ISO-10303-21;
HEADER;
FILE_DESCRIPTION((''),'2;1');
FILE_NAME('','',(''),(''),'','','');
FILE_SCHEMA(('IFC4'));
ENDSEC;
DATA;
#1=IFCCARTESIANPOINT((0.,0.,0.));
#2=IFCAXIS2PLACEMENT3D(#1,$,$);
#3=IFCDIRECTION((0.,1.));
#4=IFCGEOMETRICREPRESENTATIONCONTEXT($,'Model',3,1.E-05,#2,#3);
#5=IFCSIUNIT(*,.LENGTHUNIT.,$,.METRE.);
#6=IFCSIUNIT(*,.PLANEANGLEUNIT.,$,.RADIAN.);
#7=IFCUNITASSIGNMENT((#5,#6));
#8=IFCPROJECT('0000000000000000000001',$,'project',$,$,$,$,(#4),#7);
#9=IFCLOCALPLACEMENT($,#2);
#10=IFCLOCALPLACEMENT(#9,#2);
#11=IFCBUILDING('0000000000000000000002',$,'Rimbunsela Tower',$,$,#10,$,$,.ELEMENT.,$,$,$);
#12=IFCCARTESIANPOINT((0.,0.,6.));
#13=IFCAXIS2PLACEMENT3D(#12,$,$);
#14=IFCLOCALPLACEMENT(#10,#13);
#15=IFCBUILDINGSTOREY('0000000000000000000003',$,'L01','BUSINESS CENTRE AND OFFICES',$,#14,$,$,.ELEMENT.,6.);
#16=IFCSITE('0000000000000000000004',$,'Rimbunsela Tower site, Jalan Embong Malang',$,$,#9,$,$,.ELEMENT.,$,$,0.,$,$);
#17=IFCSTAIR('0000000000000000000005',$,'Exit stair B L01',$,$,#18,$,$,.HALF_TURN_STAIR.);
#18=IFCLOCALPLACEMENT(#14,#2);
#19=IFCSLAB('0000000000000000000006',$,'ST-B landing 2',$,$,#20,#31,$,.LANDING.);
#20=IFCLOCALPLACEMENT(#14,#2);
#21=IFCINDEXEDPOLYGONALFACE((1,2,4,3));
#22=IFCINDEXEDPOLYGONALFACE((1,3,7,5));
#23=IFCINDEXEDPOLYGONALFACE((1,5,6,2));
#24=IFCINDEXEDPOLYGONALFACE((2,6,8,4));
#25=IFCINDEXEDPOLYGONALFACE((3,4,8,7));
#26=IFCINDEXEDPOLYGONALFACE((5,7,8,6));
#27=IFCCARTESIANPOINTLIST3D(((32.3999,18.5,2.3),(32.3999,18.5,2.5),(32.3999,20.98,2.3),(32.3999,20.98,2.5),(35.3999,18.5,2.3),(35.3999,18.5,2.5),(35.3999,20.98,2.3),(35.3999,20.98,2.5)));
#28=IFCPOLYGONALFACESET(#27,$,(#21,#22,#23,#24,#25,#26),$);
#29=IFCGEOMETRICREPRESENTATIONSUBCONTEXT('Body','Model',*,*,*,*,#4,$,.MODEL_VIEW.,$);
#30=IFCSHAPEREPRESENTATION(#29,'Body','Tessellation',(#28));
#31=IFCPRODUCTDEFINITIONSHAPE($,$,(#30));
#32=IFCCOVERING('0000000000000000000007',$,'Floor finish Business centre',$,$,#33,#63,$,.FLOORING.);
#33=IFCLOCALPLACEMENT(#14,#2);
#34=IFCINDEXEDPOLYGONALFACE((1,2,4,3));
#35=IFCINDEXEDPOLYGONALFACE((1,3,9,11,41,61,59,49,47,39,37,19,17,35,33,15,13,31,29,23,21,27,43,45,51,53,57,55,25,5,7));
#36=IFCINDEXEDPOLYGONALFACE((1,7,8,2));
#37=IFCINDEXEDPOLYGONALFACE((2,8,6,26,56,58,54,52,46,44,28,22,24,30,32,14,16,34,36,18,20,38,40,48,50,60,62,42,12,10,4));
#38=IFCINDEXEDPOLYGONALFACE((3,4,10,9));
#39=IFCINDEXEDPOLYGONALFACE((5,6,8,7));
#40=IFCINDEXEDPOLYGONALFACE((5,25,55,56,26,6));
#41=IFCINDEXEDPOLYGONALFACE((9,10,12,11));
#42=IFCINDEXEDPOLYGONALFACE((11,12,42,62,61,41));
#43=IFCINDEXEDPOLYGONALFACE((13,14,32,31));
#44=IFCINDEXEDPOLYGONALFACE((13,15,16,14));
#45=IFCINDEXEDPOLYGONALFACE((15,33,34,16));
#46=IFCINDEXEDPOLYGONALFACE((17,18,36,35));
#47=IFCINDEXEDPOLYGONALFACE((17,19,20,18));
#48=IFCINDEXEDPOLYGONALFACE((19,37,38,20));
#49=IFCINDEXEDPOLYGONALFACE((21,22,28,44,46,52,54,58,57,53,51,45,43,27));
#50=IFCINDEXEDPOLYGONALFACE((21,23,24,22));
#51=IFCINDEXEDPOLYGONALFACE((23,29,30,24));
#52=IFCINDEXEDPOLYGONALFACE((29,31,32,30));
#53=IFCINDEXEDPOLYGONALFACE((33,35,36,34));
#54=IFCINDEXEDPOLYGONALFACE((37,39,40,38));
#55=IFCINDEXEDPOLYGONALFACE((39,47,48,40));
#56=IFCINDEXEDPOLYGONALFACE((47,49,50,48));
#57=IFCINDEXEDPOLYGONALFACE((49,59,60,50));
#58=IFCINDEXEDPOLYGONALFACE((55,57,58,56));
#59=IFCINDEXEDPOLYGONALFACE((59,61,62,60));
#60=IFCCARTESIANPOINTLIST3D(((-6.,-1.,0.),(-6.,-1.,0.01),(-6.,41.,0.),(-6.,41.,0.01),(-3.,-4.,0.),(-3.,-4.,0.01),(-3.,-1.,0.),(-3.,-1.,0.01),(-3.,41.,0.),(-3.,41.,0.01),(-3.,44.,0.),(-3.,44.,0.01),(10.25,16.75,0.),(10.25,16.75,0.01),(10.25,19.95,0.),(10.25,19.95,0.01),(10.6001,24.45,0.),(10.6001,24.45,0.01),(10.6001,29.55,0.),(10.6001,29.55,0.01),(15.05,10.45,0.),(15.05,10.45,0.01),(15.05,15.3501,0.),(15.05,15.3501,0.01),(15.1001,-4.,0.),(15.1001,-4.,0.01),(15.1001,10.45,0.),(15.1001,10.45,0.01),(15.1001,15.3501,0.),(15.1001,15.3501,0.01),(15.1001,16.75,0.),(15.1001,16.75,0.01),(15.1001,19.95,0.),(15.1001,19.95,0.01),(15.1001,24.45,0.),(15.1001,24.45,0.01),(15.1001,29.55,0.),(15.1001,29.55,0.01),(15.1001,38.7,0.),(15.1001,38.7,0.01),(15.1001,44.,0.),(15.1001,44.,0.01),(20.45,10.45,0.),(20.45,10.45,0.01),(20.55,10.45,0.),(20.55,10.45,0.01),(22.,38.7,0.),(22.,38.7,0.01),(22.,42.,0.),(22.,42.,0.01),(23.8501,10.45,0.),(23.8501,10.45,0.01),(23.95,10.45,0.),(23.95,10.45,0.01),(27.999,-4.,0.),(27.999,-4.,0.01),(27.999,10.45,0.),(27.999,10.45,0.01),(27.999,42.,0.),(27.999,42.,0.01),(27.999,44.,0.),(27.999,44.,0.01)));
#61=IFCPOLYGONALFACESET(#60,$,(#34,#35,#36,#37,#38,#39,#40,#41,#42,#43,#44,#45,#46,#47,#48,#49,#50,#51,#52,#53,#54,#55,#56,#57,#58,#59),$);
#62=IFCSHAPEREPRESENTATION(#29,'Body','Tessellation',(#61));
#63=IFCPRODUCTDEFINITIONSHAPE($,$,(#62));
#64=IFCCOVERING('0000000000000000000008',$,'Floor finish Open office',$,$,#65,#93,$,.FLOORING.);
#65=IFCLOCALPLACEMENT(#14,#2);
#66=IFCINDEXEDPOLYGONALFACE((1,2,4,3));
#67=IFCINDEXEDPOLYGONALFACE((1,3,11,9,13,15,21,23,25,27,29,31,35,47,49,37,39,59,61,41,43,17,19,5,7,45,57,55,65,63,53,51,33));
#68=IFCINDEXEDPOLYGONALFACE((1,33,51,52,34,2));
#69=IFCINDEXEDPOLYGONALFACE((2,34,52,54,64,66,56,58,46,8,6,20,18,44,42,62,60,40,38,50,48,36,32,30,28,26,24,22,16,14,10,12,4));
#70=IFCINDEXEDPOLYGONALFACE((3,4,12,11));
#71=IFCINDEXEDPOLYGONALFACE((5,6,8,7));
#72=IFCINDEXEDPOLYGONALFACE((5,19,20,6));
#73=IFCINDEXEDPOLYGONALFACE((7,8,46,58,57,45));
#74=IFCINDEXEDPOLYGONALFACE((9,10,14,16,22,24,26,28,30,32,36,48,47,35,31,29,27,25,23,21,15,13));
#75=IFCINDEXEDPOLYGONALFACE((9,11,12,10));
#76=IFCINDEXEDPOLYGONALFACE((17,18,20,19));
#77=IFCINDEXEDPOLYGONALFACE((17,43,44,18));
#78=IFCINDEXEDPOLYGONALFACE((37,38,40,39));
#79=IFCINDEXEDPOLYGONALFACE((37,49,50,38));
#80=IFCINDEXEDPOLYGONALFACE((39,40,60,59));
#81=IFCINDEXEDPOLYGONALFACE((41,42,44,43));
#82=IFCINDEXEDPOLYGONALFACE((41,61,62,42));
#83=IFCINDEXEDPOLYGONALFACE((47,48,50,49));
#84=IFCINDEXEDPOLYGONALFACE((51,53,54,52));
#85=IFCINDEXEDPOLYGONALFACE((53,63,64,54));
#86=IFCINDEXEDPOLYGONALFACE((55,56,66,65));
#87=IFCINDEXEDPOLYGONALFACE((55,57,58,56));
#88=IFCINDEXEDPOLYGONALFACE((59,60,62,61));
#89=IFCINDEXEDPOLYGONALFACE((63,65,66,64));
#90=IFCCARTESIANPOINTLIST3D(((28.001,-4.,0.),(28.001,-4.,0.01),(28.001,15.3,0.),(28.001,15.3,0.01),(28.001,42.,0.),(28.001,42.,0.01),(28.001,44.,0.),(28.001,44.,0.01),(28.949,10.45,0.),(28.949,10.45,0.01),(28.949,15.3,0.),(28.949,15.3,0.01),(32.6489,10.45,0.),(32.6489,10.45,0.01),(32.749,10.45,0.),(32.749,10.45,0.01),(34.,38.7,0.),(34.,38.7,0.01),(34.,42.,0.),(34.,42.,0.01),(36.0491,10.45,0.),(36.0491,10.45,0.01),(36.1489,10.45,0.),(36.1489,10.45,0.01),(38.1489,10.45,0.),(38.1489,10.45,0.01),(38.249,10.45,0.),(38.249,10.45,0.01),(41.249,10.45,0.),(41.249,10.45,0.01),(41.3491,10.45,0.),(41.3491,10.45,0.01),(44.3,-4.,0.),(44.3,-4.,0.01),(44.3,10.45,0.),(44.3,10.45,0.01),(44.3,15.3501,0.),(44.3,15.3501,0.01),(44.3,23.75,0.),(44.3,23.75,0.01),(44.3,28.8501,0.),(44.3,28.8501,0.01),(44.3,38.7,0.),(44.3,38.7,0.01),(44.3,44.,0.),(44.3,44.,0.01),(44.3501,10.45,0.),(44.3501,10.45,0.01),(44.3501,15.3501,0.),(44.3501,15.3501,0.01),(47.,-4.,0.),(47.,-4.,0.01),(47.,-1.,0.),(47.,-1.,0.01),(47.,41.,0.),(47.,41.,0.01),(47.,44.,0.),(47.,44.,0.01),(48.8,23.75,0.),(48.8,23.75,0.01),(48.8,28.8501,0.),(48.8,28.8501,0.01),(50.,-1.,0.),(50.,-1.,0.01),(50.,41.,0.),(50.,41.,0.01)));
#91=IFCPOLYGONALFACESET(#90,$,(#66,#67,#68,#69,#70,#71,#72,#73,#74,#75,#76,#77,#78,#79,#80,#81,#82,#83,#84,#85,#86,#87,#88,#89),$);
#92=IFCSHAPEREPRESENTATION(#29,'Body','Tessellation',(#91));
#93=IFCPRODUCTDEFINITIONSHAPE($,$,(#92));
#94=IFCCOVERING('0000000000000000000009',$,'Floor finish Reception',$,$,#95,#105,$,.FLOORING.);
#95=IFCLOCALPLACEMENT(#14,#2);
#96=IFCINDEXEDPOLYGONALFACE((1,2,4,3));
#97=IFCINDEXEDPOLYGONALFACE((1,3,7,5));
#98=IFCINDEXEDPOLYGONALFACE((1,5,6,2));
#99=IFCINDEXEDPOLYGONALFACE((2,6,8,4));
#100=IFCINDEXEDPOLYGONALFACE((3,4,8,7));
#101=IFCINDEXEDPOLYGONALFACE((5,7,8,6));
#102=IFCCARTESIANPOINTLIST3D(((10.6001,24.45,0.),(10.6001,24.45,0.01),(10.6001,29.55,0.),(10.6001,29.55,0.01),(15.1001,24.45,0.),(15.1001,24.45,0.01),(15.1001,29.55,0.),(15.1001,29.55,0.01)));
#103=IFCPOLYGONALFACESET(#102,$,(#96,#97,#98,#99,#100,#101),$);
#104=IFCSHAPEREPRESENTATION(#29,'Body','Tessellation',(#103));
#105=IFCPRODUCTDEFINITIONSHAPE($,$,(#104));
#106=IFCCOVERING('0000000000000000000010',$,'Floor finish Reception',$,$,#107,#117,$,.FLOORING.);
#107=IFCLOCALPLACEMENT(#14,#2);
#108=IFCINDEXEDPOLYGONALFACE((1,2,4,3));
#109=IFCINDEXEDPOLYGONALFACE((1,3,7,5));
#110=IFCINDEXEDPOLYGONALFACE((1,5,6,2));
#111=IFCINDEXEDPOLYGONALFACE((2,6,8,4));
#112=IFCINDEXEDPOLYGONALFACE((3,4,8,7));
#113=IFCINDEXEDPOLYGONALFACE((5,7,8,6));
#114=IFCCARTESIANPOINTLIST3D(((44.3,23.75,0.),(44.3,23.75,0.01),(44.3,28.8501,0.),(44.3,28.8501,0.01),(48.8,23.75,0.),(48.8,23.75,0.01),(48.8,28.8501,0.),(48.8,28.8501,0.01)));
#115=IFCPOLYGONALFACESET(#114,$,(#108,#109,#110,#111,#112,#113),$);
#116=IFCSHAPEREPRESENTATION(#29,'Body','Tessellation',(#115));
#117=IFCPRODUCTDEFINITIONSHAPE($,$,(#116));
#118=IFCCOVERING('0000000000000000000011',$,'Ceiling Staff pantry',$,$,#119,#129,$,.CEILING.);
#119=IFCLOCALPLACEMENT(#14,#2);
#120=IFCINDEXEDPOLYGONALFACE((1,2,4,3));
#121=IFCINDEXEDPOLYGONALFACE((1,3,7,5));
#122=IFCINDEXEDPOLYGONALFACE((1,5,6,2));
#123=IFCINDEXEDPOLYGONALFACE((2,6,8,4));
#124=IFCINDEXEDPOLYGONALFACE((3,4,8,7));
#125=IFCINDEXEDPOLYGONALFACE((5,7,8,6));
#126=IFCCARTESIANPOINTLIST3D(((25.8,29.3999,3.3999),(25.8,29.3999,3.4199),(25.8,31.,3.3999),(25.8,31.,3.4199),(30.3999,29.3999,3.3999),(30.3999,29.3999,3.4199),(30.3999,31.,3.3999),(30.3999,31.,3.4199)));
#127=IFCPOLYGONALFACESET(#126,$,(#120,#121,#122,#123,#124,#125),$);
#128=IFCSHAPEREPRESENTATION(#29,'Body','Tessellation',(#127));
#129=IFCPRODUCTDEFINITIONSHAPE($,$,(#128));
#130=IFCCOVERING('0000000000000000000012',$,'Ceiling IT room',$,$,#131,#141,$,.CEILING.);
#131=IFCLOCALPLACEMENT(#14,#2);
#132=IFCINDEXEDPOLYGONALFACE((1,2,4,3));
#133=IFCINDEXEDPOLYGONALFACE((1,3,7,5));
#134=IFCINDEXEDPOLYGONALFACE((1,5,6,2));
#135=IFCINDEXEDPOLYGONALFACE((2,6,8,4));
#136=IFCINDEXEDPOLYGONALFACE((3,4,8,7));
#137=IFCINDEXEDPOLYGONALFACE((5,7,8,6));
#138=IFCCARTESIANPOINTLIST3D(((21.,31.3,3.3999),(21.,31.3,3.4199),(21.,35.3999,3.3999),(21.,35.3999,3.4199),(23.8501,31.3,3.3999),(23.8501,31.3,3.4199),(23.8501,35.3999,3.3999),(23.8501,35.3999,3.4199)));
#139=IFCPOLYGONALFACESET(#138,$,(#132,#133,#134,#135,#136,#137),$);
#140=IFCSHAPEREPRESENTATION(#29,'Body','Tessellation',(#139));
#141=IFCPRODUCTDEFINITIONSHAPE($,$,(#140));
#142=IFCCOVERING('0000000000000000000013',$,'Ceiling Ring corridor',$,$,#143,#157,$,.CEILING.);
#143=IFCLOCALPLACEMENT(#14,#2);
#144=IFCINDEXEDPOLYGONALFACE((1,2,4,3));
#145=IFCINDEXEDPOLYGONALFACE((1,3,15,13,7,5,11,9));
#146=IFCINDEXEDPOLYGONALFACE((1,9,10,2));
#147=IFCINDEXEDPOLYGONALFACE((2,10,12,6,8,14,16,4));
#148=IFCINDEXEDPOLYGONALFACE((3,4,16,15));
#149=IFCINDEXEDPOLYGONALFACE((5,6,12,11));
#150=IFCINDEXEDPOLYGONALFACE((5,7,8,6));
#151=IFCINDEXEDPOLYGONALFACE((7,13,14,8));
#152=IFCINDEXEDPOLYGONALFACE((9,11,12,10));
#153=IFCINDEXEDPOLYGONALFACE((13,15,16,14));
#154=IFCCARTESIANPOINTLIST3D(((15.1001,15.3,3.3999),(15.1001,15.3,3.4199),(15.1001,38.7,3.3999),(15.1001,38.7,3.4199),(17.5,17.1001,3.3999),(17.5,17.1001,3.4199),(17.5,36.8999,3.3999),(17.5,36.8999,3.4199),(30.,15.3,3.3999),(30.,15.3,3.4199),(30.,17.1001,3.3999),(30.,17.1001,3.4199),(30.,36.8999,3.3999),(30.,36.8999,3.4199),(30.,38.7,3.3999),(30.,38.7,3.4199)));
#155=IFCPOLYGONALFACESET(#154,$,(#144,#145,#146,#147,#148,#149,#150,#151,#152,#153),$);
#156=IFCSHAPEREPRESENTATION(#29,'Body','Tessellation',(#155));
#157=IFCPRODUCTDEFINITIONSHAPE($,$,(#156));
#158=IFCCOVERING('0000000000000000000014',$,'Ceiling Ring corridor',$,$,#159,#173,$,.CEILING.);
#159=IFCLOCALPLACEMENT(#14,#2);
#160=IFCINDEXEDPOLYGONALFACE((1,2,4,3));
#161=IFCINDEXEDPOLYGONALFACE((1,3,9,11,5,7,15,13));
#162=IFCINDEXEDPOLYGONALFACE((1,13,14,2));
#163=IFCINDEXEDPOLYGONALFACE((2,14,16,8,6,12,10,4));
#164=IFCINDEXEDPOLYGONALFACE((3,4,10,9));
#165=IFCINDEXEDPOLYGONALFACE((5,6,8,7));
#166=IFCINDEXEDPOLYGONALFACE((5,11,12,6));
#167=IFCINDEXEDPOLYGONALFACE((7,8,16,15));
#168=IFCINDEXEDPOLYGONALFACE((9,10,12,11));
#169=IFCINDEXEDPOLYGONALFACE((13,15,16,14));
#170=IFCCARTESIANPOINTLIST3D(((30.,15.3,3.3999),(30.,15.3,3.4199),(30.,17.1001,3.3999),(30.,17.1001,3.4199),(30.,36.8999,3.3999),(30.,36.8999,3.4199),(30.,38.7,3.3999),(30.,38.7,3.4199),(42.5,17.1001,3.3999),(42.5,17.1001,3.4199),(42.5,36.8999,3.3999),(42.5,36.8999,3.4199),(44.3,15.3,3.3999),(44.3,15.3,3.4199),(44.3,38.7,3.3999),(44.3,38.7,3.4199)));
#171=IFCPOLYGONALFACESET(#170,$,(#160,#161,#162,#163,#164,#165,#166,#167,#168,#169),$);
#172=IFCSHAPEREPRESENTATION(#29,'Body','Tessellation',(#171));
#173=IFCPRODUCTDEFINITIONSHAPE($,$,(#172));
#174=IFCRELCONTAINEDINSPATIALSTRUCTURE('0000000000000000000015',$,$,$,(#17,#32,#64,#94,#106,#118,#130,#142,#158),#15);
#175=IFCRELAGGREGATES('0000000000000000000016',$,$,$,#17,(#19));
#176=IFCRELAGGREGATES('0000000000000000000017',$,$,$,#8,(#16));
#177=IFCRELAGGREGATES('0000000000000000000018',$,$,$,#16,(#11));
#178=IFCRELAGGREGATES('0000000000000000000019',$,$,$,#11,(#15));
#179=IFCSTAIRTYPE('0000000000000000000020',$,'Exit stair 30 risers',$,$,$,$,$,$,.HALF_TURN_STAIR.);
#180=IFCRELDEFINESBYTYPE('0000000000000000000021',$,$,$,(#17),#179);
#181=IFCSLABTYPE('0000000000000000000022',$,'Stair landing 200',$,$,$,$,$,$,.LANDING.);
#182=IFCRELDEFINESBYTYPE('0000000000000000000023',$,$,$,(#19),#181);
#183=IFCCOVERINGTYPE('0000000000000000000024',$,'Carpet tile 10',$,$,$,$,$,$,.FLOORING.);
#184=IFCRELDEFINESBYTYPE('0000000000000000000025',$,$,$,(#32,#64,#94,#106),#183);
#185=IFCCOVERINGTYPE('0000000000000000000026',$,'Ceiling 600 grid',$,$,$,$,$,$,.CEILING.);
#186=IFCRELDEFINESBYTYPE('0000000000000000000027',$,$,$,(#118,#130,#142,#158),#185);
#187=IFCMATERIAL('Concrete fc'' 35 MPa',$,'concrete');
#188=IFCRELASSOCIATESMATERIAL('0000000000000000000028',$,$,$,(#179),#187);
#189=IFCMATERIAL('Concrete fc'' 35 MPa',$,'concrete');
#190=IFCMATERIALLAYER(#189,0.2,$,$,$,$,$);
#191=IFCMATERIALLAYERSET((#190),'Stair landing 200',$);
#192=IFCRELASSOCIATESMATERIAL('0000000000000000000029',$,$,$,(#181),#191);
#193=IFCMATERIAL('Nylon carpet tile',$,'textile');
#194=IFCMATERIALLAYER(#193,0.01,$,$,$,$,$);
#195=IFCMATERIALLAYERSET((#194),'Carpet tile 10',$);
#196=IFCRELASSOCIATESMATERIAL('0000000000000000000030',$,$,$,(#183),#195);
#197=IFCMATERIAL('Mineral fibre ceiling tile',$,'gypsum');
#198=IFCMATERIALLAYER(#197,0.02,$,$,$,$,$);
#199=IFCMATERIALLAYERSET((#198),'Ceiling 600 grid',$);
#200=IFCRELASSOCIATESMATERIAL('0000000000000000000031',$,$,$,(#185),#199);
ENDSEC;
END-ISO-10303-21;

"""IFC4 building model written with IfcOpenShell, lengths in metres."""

from ifc_helpers import new_model, si_unit, direction, frame, origin, place, context, subcontext, project, spatial, polyline, outline, extrude, material, layer, layer_set, type_object, element, aggregate, save


model = new_model("IFC4")

# Units and contexts
model_context = context("Model", 3, precision=1e-05, world=origin(), true_north=direction((0.0, 1.0)))
body_context = subcontext(model_context, "Body", "Model", "MODEL_VIEW")
ifc_project = project(units=[si_unit("LENGTHUNIT", "METRE"), si_unit("PLANEANGLEUNIT", "RADIAN")], contexts=[model_context])

# Site, building, storey
site_placement = place(None, origin())
site = spatial("IfcSite", under=ifc_project, at=site_placement, Name="Rimbunsela Tower site, Jalan Embong Malang", CompositionType="ELEMENT", RefElevation=0.0)
building_placement = place(site_placement, origin())
building = spatial("IfcBuilding", under=site, at=building_placement, Name="Rimbunsela Tower", CompositionType="ELEMENT")
storey_placement = place(building_placement, frame((0.0, 0.0, 6.0)))
storey = spatial("IfcBuildingStorey", under=building, at=storey_placement, Name="L01", Description="BUSINESS CENTRE AND OFFICES", CompositionType="ELEMENT", Elevation=6.0)

# Stair, slab
ifc_material_1 = material(Name="Concrete fc' 35 MPa", Category="concrete")
stair_type = type_object("IfcStairType", Name="Exit stair 30 risers", PredefinedType="HALF_TURN_STAIR", material=ifc_material_1)
ifc_material_2 = material(Name="Concrete fc' 35 MPa", Category="concrete")
ifc_layer_1 = layer(ifc_material_2, 0.2)
ifc_layer_set_1 = layer_set([ifc_layer_1], Name="Stair landing 200")
slab_type_1 = type_object("IfcSlabType", Name="Stair landing 200", PredefinedType="LANDING", material=ifc_layer_set_1)
stair_1_placement = place(storey_placement, origin())
stair_1 = element("IfcStair", 1, at=stair_1_placement, inside=storey, type_object=stair_type, Name="Exit stair B L01", PredefinedType="HALF_TURN_STAIR")
slab_1_placement = place(storey_placement, frame((0.0, 0.0, 2.3)))
slab_1 = element("IfcSlab", 2, at=slab_1_placement, type_object=slab_type_1, Name="ST-B landing 2", PredefinedType="LANDING", context=body_context, shape_type="SweptSolid", body=[
    extrude(outline(polyline([(32.3999, 18.5), (35.3999, 18.5), (35.3999, 20.98), (32.3999, 20.98), (32.3999, 18.5)])), origin(), (0.0, 0.0, 1.0), 0.2),
])
aggregate(stair_1, [slab_1])

# Coverings
ifc_material_3 = material(Name="Nylon carpet tile", Category="textile")
ifc_layer_2 = layer(ifc_material_3, 0.01)
ifc_layer_set_2 = layer_set([ifc_layer_2], Name="Carpet tile 10")
covering_type_1 = type_object("IfcCoveringType", Name="Carpet tile 10", PredefinedType="FLOORING", material=ifc_layer_set_2)
covering_1_placement = place(storey_placement, origin())
element("IfcCovering", 3, at=covering_1_placement, inside=storey, type_object=covering_type_1, Name="Floor finish Business centre", PredefinedType="FLOORING", context=body_context, shape_type="SweptSolid", body=[
    extrude(outline(polyline([(20.55, 10.45), (23.8501, 10.45), (23.95, 10.45), (27.999, 10.45), (27.999, -4.0), (15.1001, -4.0), (-3.0, -4.0), (-3.0, -1.0), (-6.0, -1.0), (-6.0, 41.0), (-3.0, 41.0), (-3.0, 44.0), (15.1001, 44.0), (27.999, 44.0), (27.999, 42.0), (22.0, 42.0), (22.0, 38.7), (15.1001, 38.7), (15.1001, 29.55), (10.6001, 29.55), (10.6001, 24.45), (15.1001, 24.45), (15.1001, 19.95), (10.25, 19.95), (10.25, 16.75), (15.1001, 16.75), (15.1001, 15.3501), (15.05, 15.3501), (15.05, 10.45), (15.1001, 10.45), (20.45, 10.45), (20.55, 10.45)])), origin(), (0.0, 0.0, 1.0), 0.01),
])
covering_2_placement = place(storey_placement, origin())
element("IfcCovering", 4, at=covering_2_placement, inside=storey, type_object=covering_type_1, Name="Floor finish Open office", PredefinedType="FLOORING", context=body_context, shape_type="SweptSolid", body=[
    extrude(outline(polyline([(28.001, 15.3), (28.949, 15.3), (28.949, 10.45), (32.6489, 10.45), (32.749, 10.45), (36.0491, 10.45), (36.1489, 10.45), (38.1489, 10.45), (38.249, 10.45), (41.249, 10.45), (41.3491, 10.45), (44.3, 10.45), (44.3501, 10.45), (44.3501, 15.3501), (44.3, 15.3501), (44.3, 23.75), (48.8, 23.75), (48.8, 28.8501), (44.3, 28.8501), (44.3, 38.7), (34.0, 38.7), (34.0, 42.0), (28.001, 42.0), (28.001, 44.0), (44.3, 44.0), (47.0, 44.0), (47.0, 41.0), (50.0, 41.0), (50.0, -1.0), (47.0, -1.0), (47.0, -4.0), (44.3, -4.0), (28.001, -4.0), (28.001, 15.3)])), origin(), (0.0, 0.0, 1.0), 0.01),
])
covering_3_placement = place(storey_placement, origin())
element("IfcCovering", 5, at=covering_3_placement, inside=storey, type_object=covering_type_1, Name="Floor finish Reception", PredefinedType="FLOORING", context=body_context, shape_type="SweptSolid", body=[
    extrude(outline(polyline([(15.1001, 24.45), (15.1001, 29.55), (10.6001, 29.55), (10.6001, 24.45), (15.1001, 24.45)])), origin(), (0.0, 0.0, 1.0), 0.01),
])
covering_4_placement = place(storey_placement, origin())
element("IfcCovering", 6, at=covering_4_placement, inside=storey, type_object=covering_type_1, Name="Floor finish Reception", PredefinedType="FLOORING", context=body_context, shape_type="SweptSolid", body=[
    extrude(outline(polyline([(48.8, 23.75), (48.8, 28.8501), (44.3, 28.8501), (44.3, 23.75), (48.8, 23.75)])), origin(), (0.0, 0.0, 1.0), 0.01),
])
ifc_material_4 = material(Name="Mineral fibre ceiling tile", Category="gypsum")
ifc_layer_3 = layer(ifc_material_4, 0.02)
ifc_layer_set_3 = layer_set([ifc_layer_3], Name="Ceiling 600 grid")
covering_type_2 = type_object("IfcCoveringType", Name="Ceiling 600 grid", PredefinedType="CEILING", material=ifc_layer_set_3)
covering_5_placement = place(storey_placement, frame((0.0, 0.0, 3.3999)))
element("IfcCovering", 7, at=covering_5_placement, inside=storey, type_object=covering_type_2, Name="Ceiling Staff pantry", PredefinedType="CEILING", context=body_context, shape_type="SweptSolid", body=[
    extrude(outline(polyline([(30.3999, 29.3999), (30.3999, 31.0), (25.8, 31.0), (25.8, 29.3999), (30.3999, 29.3999)])), origin(), (0.0, 0.0, 1.0), 0.02),
])
covering_6_placement = place(storey_placement, frame((0.0, 0.0, 3.3999)))
element("IfcCovering", 8, at=covering_6_placement, inside=storey, type_object=covering_type_2, Name="Ceiling IT room", PredefinedType="CEILING", context=body_context, shape_type="SweptSolid", body=[
    extrude(outline(polyline([(23.8501, 31.3), (23.8501, 35.3999), (21.0, 35.3999), (21.0, 31.3), (23.8501, 31.3)])), origin(), (0.0, 0.0, 1.0), 0.02),
])
covering_7_placement = place(storey_placement, frame((0.0, 0.0, 3.3999)))
element("IfcCovering", 9, at=covering_7_placement, inside=storey, type_object=covering_type_2, Name="Ceiling Ring corridor", PredefinedType="CEILING", context=body_context, shape_type="SweptSolid", body=[
    extrude(outline(polyline([(15.1001, 38.7), (30.0, 38.7), (30.0, 36.8999), (17.5, 36.8999), (17.5, 17.1001), (30.0, 17.1001), (30.0, 15.3), (15.1001, 15.3), (15.1001, 38.7)])), origin(), (0.0, 0.0, 1.0), 0.02),
])
covering_8_placement = place(storey_placement, frame((0.0, 0.0, 3.3999)))
element("IfcCovering", 10, at=covering_8_placement, inside=storey, type_object=covering_type_2, Name="Ceiling Ring corridor", PredefinedType="CEILING", context=body_context, shape_type="SweptSolid", body=[
    extrude(outline(polyline([(44.3, 38.7), (44.3, 15.3), (30.0, 15.3), (30.0, 17.1001), (42.5, 17.1001), (42.5, 36.8999), (30.0, 36.8999), (30.0, 38.7), (44.3, 38.7)])), origin(), (0.0, 0.0, 1.0), 0.02),
])

save(model, "model.ifc")
